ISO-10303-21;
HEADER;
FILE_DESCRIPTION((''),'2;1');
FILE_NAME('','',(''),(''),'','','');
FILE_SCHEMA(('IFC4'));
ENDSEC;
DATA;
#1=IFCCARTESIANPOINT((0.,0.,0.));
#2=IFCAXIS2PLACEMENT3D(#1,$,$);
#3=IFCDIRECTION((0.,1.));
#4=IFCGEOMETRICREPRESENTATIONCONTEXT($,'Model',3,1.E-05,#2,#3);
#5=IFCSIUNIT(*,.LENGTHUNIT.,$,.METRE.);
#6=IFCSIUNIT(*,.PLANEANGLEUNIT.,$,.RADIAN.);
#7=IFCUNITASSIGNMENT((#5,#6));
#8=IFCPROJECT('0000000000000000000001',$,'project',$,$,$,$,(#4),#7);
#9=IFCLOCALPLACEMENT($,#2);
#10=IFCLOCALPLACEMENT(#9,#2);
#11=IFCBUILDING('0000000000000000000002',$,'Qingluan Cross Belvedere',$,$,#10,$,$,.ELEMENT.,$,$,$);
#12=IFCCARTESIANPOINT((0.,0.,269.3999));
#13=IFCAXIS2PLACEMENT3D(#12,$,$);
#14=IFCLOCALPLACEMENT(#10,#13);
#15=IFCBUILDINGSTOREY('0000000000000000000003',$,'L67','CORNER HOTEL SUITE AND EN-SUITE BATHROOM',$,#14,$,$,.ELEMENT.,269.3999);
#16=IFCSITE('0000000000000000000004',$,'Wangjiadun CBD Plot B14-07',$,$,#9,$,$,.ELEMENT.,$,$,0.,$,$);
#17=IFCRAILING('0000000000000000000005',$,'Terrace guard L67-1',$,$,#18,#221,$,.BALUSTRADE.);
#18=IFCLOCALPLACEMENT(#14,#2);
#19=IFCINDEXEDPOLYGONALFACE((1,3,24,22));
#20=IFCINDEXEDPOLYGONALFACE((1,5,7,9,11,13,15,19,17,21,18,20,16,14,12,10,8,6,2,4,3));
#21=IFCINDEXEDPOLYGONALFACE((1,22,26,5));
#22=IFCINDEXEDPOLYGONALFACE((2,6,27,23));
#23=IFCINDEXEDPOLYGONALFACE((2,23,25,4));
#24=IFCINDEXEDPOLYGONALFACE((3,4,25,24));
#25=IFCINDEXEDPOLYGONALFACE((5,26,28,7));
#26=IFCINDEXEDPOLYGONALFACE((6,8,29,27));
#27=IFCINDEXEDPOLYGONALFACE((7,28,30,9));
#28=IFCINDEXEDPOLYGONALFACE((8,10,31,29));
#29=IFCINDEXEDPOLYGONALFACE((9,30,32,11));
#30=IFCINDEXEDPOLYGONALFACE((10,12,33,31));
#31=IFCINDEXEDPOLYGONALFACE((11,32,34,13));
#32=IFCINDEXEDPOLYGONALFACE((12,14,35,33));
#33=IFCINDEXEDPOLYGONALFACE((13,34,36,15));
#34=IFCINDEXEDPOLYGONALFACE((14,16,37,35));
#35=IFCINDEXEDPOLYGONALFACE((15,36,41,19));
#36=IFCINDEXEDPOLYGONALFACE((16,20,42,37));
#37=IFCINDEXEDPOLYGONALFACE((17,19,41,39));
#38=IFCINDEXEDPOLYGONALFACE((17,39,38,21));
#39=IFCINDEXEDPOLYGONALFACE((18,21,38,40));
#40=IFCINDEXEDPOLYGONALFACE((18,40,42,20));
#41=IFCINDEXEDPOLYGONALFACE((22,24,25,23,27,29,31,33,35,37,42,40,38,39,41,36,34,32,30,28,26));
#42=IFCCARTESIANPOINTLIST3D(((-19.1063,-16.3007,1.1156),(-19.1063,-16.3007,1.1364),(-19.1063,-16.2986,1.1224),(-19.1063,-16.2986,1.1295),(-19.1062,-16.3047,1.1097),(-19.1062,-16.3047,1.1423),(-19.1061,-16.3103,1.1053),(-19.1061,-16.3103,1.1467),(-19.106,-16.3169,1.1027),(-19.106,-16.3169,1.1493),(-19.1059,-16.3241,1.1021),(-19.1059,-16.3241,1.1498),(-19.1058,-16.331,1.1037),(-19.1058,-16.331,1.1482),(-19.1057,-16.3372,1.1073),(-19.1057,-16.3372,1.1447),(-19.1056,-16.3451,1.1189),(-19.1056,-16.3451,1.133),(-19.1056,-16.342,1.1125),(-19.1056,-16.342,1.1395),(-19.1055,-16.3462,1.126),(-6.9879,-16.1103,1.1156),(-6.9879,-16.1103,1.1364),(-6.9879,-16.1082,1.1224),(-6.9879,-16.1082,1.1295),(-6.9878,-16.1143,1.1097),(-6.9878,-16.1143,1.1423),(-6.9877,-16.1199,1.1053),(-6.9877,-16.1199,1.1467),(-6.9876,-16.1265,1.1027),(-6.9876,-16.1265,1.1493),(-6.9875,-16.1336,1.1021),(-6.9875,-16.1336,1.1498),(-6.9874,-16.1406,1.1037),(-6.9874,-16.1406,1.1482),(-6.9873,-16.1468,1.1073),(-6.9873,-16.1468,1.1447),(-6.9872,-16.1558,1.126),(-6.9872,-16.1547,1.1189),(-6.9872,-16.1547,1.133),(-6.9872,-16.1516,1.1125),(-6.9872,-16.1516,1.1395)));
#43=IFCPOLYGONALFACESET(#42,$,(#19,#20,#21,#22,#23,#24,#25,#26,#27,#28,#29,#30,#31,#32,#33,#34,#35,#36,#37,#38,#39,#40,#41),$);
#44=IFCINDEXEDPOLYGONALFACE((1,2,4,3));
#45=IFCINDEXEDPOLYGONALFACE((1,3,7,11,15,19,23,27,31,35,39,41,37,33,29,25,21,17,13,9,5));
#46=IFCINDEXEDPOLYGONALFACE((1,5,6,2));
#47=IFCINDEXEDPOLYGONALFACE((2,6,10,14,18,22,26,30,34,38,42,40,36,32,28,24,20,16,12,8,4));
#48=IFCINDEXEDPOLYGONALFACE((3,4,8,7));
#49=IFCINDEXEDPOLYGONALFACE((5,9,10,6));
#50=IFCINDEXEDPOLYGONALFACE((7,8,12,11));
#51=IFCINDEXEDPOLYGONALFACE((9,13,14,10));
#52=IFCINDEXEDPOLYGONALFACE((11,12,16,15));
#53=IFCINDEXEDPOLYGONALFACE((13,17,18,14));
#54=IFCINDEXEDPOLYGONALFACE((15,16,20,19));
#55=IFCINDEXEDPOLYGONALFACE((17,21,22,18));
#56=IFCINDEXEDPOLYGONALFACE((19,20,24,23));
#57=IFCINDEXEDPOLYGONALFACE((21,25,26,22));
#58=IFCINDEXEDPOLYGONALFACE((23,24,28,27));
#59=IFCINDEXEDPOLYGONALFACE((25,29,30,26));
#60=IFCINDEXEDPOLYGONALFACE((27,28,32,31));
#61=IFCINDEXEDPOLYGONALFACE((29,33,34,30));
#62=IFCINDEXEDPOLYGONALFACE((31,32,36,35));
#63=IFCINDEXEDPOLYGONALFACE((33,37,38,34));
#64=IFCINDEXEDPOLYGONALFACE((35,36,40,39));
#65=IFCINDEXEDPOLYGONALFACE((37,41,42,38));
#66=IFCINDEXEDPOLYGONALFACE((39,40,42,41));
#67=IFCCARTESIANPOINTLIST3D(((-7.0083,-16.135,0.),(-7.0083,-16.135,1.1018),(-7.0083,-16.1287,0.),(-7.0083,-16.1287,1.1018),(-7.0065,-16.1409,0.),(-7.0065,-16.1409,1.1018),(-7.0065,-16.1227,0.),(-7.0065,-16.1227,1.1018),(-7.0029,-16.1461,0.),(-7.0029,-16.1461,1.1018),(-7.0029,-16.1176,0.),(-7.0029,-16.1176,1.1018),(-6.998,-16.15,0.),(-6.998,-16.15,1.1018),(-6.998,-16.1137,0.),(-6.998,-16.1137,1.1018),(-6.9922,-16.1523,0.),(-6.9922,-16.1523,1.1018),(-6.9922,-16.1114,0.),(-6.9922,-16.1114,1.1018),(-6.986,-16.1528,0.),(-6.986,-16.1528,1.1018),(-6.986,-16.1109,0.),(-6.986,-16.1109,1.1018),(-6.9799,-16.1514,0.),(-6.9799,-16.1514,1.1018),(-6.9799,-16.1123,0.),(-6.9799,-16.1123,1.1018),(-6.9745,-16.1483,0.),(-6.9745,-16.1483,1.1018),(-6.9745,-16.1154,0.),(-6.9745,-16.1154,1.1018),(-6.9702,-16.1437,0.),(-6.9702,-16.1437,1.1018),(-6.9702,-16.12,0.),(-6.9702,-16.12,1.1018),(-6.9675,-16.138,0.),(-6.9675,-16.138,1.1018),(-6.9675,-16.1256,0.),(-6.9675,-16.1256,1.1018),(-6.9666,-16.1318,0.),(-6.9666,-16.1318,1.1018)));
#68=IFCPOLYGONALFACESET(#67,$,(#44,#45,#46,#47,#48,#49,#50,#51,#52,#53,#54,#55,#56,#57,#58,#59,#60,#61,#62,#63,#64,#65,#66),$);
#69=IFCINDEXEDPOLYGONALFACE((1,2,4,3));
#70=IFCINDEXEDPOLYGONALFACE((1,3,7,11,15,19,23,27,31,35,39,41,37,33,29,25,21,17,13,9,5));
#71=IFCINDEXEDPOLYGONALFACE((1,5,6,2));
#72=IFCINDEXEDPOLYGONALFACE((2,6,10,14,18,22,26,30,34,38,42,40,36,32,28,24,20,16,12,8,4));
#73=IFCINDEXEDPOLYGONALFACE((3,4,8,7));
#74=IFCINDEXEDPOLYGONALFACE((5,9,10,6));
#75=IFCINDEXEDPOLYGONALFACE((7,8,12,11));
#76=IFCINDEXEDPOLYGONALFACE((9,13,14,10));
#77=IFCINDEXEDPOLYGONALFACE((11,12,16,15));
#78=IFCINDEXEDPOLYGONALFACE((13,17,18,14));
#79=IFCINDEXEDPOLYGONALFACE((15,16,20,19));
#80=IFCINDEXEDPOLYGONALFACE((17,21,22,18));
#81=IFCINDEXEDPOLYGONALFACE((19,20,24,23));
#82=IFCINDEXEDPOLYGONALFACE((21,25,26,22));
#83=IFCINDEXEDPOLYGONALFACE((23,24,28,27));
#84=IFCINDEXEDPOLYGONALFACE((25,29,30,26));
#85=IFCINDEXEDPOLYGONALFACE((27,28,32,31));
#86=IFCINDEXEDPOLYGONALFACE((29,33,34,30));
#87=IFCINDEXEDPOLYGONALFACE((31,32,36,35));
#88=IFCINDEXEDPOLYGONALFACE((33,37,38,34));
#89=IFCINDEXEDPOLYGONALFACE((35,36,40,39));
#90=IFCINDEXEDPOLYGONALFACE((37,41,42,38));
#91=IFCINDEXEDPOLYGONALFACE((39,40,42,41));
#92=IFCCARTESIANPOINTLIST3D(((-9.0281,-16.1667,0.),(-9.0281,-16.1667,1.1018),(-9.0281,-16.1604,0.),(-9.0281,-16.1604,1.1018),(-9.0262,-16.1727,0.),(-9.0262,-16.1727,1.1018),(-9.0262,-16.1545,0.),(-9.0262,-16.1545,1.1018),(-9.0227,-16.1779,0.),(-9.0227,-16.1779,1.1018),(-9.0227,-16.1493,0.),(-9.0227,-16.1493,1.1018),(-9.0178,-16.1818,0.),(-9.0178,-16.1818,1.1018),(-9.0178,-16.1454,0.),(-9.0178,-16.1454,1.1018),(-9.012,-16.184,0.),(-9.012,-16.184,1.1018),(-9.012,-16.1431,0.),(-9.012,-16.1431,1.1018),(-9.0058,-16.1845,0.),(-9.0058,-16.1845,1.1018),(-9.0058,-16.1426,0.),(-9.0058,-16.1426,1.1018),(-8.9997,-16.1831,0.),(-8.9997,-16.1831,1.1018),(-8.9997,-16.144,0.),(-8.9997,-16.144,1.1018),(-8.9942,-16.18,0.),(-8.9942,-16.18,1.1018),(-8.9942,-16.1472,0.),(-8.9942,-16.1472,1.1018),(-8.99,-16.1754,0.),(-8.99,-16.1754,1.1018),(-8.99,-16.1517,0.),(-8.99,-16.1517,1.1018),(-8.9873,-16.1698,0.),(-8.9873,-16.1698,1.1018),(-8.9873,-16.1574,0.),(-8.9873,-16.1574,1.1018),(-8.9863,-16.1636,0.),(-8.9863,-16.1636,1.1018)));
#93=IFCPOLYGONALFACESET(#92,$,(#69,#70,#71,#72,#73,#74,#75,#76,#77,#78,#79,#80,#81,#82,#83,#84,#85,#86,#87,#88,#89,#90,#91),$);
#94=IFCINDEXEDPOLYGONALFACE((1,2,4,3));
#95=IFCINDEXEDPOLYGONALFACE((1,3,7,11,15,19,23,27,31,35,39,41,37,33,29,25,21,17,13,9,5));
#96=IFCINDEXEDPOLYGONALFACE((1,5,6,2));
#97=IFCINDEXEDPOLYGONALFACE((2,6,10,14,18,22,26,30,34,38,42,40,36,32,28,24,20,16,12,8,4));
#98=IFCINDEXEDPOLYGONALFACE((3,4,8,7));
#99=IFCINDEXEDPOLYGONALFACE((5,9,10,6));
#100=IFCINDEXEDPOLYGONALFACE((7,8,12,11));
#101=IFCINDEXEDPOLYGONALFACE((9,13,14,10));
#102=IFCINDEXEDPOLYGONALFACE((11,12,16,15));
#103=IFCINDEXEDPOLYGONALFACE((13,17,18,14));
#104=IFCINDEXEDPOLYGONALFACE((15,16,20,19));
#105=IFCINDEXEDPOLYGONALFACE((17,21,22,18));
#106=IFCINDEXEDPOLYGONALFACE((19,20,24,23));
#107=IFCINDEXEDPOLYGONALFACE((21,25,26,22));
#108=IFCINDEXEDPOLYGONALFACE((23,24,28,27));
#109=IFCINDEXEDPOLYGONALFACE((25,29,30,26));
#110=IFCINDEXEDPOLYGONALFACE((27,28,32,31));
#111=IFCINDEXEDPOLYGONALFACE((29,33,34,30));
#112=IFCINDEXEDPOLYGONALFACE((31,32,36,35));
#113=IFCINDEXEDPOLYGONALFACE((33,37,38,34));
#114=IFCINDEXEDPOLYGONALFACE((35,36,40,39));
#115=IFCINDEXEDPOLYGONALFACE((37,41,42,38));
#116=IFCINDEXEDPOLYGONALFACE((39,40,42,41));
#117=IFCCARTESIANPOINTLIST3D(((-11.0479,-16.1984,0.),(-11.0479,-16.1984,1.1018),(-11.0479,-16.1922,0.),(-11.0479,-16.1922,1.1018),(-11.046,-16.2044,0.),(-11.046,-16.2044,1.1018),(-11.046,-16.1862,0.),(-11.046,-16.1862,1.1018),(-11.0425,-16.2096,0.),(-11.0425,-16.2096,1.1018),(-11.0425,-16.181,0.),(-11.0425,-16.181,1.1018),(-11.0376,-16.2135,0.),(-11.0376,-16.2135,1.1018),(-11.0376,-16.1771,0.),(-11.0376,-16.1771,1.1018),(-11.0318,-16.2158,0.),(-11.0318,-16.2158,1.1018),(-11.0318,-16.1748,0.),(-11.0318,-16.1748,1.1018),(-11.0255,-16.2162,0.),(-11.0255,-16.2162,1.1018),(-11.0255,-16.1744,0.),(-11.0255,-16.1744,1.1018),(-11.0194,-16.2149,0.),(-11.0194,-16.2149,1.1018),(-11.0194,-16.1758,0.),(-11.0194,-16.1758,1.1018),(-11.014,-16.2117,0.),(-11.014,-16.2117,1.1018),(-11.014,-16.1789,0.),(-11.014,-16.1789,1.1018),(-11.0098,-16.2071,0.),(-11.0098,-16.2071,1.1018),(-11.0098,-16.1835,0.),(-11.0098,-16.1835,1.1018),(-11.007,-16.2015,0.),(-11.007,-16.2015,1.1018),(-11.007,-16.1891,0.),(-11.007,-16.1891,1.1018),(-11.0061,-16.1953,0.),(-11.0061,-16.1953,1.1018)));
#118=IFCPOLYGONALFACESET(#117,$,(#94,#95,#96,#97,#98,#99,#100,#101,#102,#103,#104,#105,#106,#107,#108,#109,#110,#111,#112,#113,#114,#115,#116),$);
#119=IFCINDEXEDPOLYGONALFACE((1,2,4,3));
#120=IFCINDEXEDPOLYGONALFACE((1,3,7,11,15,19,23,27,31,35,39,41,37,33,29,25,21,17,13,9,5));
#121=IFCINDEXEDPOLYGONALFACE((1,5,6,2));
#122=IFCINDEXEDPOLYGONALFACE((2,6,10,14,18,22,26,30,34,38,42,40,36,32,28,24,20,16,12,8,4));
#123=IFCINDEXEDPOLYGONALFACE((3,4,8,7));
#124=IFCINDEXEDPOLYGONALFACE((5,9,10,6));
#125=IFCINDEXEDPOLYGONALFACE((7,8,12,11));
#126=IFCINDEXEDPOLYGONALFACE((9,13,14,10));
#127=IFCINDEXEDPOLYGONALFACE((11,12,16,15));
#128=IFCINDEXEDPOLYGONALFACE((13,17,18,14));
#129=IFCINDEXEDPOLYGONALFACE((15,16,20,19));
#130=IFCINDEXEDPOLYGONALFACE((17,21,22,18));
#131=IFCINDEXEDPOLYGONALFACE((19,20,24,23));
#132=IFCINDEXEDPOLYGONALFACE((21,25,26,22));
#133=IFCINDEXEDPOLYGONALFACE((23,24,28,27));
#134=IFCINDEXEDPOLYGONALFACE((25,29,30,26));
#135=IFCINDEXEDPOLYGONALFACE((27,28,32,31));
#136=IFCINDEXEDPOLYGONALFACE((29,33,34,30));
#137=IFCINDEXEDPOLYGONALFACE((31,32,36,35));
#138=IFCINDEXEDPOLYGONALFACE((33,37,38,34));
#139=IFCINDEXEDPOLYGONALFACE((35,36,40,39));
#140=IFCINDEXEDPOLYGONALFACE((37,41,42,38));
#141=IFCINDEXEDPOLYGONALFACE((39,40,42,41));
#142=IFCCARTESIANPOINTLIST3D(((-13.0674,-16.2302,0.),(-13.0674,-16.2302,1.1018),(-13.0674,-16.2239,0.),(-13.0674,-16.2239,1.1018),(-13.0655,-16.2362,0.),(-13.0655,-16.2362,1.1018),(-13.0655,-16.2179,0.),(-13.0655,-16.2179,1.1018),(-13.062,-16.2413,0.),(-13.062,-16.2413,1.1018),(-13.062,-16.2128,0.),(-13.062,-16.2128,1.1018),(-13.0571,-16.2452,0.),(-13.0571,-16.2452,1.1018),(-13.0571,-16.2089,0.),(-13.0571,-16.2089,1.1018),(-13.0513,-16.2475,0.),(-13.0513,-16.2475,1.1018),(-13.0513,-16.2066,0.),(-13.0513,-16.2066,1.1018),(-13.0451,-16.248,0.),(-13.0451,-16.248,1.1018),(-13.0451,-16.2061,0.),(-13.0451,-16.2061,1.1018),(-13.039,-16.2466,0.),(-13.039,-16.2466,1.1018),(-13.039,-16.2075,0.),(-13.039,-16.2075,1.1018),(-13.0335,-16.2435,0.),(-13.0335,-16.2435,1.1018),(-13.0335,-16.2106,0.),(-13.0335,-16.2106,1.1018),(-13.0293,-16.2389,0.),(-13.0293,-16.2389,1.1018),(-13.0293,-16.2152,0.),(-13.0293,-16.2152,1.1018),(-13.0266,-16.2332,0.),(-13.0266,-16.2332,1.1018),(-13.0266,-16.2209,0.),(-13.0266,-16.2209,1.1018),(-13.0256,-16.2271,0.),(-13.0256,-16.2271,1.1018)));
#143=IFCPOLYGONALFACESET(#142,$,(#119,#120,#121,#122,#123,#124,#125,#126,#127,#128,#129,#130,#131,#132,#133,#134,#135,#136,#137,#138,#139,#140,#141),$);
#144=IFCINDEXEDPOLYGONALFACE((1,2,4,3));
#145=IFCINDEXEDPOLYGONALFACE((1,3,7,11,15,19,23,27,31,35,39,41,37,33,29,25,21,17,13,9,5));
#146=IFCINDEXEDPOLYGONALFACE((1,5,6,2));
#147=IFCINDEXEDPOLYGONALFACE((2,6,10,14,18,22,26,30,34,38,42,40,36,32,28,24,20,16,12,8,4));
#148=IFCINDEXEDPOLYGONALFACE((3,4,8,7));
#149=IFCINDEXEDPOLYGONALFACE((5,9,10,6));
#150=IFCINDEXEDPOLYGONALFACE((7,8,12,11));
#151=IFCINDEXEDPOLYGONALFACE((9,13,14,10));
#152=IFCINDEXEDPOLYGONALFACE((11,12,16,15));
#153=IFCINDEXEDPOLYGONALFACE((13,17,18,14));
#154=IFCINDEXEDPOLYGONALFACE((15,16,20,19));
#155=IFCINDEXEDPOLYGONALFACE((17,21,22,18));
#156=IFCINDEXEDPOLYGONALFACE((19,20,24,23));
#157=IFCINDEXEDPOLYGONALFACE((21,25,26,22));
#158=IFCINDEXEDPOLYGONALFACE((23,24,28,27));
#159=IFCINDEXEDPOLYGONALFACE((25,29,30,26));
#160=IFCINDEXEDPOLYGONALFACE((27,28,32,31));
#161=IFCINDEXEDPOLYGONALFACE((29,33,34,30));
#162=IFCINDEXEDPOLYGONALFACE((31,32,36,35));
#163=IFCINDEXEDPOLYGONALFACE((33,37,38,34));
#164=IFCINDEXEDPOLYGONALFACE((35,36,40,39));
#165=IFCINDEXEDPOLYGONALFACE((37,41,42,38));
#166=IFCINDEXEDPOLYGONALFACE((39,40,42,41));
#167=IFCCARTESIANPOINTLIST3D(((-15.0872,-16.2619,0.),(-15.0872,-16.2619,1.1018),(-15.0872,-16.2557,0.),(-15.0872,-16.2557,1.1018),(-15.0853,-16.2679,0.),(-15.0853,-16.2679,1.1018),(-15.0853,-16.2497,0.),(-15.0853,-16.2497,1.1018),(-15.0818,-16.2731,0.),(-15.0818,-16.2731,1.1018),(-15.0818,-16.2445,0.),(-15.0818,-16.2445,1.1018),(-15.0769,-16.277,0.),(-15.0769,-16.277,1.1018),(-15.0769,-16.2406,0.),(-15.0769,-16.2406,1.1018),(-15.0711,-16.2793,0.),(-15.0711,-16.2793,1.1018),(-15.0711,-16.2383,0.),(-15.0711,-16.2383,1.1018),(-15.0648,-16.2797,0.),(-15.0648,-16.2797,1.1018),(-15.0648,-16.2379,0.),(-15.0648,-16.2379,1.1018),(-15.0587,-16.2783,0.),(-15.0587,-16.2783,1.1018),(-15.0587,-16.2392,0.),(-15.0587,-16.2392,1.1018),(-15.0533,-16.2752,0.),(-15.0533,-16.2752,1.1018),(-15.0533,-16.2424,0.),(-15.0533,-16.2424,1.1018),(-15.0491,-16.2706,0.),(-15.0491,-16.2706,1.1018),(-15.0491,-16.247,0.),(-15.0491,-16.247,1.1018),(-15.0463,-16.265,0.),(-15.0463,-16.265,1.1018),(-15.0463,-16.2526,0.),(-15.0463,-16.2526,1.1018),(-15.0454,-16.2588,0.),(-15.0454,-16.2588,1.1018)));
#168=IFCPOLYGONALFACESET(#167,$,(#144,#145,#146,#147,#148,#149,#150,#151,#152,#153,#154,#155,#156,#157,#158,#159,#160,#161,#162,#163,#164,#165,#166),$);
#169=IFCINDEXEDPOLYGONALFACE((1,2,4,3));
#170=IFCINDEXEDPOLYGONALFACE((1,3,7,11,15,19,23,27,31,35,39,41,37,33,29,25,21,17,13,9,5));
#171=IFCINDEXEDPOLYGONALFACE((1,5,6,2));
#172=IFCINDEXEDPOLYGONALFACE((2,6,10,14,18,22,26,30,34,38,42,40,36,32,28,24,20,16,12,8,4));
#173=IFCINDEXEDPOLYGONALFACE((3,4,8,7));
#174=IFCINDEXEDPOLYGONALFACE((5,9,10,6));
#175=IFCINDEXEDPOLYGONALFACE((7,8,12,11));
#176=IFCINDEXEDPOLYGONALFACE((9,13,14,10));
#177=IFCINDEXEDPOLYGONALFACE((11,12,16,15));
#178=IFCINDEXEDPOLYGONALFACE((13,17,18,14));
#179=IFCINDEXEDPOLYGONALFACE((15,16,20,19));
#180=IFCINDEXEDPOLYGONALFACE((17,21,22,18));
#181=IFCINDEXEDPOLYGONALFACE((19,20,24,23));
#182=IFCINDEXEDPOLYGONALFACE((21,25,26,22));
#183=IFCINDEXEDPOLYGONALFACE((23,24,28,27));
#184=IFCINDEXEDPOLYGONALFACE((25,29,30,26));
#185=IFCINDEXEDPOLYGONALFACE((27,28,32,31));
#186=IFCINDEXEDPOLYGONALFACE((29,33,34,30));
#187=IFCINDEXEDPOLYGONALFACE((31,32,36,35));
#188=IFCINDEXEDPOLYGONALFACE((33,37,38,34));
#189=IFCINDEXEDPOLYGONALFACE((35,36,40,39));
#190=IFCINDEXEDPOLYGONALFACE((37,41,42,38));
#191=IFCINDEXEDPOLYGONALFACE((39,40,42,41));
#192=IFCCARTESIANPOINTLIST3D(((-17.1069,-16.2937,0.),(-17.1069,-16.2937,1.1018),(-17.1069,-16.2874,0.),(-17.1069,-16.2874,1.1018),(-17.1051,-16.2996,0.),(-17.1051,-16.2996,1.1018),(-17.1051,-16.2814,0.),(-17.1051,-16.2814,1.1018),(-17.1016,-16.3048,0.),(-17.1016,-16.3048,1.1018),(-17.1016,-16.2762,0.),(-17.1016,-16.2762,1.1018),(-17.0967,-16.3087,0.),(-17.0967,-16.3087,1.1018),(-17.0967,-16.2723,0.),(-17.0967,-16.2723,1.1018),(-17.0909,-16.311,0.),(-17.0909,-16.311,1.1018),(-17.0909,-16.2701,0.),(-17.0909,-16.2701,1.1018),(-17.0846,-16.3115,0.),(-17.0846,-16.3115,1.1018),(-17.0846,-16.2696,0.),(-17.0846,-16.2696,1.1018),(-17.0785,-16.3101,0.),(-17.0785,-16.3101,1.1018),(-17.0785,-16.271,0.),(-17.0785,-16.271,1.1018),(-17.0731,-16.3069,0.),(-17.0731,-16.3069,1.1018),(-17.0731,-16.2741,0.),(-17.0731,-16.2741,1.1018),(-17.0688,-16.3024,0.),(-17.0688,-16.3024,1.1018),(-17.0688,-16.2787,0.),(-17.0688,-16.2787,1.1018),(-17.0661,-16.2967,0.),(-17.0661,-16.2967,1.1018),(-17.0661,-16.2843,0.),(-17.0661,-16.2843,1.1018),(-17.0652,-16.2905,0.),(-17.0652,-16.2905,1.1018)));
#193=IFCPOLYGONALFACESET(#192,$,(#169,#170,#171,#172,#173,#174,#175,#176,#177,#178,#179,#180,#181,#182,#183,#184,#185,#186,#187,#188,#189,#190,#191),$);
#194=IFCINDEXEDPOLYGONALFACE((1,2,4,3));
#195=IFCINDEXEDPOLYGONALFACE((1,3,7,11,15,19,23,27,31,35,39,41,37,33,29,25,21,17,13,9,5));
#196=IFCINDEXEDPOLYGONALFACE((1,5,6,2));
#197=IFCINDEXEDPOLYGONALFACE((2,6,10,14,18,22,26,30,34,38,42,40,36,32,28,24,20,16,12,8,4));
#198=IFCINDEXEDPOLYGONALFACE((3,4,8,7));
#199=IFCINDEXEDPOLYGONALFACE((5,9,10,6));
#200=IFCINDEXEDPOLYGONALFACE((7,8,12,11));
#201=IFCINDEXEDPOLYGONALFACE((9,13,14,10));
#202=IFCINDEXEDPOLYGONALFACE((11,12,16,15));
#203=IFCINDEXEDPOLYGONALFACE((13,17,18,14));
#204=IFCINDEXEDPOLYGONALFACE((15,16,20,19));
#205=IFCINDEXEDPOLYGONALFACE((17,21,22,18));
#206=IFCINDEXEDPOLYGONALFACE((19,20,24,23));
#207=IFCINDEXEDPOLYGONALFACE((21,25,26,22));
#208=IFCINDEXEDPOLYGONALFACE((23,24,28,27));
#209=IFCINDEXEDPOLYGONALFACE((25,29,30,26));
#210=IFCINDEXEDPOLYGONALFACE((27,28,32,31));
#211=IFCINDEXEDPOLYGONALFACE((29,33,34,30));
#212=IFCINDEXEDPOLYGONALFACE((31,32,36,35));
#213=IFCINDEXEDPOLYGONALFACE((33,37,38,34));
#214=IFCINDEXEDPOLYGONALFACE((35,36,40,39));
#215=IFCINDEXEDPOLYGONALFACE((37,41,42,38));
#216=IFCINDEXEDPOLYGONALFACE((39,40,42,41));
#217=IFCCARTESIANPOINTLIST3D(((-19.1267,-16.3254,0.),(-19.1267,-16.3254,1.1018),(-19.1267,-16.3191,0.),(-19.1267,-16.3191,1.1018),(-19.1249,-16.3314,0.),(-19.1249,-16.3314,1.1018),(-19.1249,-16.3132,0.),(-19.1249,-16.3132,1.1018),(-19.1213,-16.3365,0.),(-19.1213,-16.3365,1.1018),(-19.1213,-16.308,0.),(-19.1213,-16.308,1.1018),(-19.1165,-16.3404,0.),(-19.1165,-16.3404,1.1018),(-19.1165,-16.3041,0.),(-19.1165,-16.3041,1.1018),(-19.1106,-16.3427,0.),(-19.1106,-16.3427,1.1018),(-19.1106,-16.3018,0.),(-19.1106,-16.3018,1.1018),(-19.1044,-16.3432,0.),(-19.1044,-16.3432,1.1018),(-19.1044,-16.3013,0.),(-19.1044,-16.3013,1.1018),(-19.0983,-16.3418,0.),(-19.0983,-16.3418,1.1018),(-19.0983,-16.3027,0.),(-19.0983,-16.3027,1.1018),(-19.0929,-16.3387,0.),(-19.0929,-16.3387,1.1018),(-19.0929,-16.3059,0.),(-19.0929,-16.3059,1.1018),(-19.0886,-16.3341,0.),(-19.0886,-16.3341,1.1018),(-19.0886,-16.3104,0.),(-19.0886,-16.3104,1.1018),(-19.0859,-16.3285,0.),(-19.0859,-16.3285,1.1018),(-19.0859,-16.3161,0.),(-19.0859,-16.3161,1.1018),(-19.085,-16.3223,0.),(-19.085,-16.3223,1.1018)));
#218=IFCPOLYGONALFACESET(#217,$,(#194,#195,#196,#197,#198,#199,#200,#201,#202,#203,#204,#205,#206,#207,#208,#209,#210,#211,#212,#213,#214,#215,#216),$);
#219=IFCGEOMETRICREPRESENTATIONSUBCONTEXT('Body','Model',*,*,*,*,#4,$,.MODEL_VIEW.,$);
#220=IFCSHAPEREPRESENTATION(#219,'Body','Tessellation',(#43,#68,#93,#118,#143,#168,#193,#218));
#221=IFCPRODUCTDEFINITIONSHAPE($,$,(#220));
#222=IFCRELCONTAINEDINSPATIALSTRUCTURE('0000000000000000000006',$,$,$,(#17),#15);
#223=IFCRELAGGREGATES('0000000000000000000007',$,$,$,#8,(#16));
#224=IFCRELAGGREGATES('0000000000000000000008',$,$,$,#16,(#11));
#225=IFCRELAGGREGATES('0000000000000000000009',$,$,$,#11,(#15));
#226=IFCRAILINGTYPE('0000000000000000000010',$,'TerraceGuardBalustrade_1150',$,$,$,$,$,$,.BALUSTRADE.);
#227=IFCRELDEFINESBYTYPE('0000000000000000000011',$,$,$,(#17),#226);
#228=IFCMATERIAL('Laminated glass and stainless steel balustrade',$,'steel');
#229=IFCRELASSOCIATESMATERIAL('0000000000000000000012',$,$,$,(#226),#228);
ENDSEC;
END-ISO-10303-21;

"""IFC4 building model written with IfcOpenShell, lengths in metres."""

from ifc_helpers import new_model, si_unit, direction, frame, origin, origin_2d, place, context, subcontext, project, spatial, circle, extrude, material, type_object, element, save


model = new_model("IFC4")

# Units and contexts
model_context = context("Model", 3, precision=1e-05, world=origin(), true_north=direction((0.0, 1.0)))
body_context = subcontext(model_context, "Body", "Model", "MODEL_VIEW")
ifc_project = project(units=[si_unit("LENGTHUNIT", "METRE"), si_unit("PLANEANGLEUNIT", "RADIAN")], contexts=[model_context])

# Site, building, storey
site_placement = place(None, origin())
site = spatial("IfcSite", under=ifc_project, at=site_placement, Name="Wangjiadun CBD Plot B14-07", CompositionType="ELEMENT", RefElevation=0.0)
building_placement = place(site_placement, origin())
building = spatial("IfcBuilding", under=site, at=building_placement, Name="Qingluan Cross Belvedere", CompositionType="ELEMENT")
storey_placement = place(building_placement, frame((0.0, 0.0, 269.3999)))
storey = spatial("IfcBuildingStorey", under=building, at=storey_placement, Name="L67", Description="CORNER HOTEL SUITE AND EN-SUITE BATHROOM", CompositionType="ELEMENT", Elevation=269.3999)

# Railing
ifc_material_1 = material(Name="Laminated glass and stainless steel balustrade", Category="steel")
railing_type = type_object("IfcRailingType", Name="TerraceGuardBalustrade_1150", PredefinedType="BALUSTRADE", material=ifc_material_1)
railing_1_placement = place(storey_placement, frame((-6.9875, -16.1318, 0.0)))
element("IfcRailing", 1, at=railing_1_placement, inside=storey, type_object=railing_type, Name="Terrace guard L67-1", PredefinedType="BALUSTRADE", context=body_context, shape_type="SweptSolid", body=[
    extrude(circle(Radius=0.0239, at=origin_2d()), frame((0.0, 0.0, 1.126), z_axis=(-0.999877, -0.015712, 0.0), x_axis=(0.015712, -0.999877, 0.0)), (0.0, 0.0, 1.0), 12.1199),
    extrude(circle(Radius=0.021, at=origin_2d()), origin(), (0.0, 0.0, 1.0), 1.1018),
    extrude(circle(Radius=0.021, at=origin_2d()), frame((-2.0198, -0.0317, 0.0)), (0.0, 0.0, 1.0), 1.1018),
    extrude(circle(Radius=0.021, at=origin_2d()), frame((-4.0396, -0.0635, 0.0)), (0.0, 0.0, 1.0), 1.1018),
    extrude(circle(Radius=0.021, at=origin_2d()), frame((-6.0591, -0.0952, 0.0)), (0.0, 0.0, 1.0), 1.1018),
    extrude(circle(Radius=0.021, at=origin_2d()), frame((-8.0789, -0.127, 0.0)), (0.0, 0.0, 1.0), 1.1018),
    extrude(circle(Radius=0.021, at=origin_2d()), frame((-10.0986, -0.1587, 0.0)), (0.0, 0.0, 1.0), 1.1018),
    extrude(circle(Radius=0.021, at=origin_2d()), frame((-12.1184, -0.1904, 0.0)), (0.0, 0.0, 1.0), 1.1018),
])

save(model, "model.ifc")
